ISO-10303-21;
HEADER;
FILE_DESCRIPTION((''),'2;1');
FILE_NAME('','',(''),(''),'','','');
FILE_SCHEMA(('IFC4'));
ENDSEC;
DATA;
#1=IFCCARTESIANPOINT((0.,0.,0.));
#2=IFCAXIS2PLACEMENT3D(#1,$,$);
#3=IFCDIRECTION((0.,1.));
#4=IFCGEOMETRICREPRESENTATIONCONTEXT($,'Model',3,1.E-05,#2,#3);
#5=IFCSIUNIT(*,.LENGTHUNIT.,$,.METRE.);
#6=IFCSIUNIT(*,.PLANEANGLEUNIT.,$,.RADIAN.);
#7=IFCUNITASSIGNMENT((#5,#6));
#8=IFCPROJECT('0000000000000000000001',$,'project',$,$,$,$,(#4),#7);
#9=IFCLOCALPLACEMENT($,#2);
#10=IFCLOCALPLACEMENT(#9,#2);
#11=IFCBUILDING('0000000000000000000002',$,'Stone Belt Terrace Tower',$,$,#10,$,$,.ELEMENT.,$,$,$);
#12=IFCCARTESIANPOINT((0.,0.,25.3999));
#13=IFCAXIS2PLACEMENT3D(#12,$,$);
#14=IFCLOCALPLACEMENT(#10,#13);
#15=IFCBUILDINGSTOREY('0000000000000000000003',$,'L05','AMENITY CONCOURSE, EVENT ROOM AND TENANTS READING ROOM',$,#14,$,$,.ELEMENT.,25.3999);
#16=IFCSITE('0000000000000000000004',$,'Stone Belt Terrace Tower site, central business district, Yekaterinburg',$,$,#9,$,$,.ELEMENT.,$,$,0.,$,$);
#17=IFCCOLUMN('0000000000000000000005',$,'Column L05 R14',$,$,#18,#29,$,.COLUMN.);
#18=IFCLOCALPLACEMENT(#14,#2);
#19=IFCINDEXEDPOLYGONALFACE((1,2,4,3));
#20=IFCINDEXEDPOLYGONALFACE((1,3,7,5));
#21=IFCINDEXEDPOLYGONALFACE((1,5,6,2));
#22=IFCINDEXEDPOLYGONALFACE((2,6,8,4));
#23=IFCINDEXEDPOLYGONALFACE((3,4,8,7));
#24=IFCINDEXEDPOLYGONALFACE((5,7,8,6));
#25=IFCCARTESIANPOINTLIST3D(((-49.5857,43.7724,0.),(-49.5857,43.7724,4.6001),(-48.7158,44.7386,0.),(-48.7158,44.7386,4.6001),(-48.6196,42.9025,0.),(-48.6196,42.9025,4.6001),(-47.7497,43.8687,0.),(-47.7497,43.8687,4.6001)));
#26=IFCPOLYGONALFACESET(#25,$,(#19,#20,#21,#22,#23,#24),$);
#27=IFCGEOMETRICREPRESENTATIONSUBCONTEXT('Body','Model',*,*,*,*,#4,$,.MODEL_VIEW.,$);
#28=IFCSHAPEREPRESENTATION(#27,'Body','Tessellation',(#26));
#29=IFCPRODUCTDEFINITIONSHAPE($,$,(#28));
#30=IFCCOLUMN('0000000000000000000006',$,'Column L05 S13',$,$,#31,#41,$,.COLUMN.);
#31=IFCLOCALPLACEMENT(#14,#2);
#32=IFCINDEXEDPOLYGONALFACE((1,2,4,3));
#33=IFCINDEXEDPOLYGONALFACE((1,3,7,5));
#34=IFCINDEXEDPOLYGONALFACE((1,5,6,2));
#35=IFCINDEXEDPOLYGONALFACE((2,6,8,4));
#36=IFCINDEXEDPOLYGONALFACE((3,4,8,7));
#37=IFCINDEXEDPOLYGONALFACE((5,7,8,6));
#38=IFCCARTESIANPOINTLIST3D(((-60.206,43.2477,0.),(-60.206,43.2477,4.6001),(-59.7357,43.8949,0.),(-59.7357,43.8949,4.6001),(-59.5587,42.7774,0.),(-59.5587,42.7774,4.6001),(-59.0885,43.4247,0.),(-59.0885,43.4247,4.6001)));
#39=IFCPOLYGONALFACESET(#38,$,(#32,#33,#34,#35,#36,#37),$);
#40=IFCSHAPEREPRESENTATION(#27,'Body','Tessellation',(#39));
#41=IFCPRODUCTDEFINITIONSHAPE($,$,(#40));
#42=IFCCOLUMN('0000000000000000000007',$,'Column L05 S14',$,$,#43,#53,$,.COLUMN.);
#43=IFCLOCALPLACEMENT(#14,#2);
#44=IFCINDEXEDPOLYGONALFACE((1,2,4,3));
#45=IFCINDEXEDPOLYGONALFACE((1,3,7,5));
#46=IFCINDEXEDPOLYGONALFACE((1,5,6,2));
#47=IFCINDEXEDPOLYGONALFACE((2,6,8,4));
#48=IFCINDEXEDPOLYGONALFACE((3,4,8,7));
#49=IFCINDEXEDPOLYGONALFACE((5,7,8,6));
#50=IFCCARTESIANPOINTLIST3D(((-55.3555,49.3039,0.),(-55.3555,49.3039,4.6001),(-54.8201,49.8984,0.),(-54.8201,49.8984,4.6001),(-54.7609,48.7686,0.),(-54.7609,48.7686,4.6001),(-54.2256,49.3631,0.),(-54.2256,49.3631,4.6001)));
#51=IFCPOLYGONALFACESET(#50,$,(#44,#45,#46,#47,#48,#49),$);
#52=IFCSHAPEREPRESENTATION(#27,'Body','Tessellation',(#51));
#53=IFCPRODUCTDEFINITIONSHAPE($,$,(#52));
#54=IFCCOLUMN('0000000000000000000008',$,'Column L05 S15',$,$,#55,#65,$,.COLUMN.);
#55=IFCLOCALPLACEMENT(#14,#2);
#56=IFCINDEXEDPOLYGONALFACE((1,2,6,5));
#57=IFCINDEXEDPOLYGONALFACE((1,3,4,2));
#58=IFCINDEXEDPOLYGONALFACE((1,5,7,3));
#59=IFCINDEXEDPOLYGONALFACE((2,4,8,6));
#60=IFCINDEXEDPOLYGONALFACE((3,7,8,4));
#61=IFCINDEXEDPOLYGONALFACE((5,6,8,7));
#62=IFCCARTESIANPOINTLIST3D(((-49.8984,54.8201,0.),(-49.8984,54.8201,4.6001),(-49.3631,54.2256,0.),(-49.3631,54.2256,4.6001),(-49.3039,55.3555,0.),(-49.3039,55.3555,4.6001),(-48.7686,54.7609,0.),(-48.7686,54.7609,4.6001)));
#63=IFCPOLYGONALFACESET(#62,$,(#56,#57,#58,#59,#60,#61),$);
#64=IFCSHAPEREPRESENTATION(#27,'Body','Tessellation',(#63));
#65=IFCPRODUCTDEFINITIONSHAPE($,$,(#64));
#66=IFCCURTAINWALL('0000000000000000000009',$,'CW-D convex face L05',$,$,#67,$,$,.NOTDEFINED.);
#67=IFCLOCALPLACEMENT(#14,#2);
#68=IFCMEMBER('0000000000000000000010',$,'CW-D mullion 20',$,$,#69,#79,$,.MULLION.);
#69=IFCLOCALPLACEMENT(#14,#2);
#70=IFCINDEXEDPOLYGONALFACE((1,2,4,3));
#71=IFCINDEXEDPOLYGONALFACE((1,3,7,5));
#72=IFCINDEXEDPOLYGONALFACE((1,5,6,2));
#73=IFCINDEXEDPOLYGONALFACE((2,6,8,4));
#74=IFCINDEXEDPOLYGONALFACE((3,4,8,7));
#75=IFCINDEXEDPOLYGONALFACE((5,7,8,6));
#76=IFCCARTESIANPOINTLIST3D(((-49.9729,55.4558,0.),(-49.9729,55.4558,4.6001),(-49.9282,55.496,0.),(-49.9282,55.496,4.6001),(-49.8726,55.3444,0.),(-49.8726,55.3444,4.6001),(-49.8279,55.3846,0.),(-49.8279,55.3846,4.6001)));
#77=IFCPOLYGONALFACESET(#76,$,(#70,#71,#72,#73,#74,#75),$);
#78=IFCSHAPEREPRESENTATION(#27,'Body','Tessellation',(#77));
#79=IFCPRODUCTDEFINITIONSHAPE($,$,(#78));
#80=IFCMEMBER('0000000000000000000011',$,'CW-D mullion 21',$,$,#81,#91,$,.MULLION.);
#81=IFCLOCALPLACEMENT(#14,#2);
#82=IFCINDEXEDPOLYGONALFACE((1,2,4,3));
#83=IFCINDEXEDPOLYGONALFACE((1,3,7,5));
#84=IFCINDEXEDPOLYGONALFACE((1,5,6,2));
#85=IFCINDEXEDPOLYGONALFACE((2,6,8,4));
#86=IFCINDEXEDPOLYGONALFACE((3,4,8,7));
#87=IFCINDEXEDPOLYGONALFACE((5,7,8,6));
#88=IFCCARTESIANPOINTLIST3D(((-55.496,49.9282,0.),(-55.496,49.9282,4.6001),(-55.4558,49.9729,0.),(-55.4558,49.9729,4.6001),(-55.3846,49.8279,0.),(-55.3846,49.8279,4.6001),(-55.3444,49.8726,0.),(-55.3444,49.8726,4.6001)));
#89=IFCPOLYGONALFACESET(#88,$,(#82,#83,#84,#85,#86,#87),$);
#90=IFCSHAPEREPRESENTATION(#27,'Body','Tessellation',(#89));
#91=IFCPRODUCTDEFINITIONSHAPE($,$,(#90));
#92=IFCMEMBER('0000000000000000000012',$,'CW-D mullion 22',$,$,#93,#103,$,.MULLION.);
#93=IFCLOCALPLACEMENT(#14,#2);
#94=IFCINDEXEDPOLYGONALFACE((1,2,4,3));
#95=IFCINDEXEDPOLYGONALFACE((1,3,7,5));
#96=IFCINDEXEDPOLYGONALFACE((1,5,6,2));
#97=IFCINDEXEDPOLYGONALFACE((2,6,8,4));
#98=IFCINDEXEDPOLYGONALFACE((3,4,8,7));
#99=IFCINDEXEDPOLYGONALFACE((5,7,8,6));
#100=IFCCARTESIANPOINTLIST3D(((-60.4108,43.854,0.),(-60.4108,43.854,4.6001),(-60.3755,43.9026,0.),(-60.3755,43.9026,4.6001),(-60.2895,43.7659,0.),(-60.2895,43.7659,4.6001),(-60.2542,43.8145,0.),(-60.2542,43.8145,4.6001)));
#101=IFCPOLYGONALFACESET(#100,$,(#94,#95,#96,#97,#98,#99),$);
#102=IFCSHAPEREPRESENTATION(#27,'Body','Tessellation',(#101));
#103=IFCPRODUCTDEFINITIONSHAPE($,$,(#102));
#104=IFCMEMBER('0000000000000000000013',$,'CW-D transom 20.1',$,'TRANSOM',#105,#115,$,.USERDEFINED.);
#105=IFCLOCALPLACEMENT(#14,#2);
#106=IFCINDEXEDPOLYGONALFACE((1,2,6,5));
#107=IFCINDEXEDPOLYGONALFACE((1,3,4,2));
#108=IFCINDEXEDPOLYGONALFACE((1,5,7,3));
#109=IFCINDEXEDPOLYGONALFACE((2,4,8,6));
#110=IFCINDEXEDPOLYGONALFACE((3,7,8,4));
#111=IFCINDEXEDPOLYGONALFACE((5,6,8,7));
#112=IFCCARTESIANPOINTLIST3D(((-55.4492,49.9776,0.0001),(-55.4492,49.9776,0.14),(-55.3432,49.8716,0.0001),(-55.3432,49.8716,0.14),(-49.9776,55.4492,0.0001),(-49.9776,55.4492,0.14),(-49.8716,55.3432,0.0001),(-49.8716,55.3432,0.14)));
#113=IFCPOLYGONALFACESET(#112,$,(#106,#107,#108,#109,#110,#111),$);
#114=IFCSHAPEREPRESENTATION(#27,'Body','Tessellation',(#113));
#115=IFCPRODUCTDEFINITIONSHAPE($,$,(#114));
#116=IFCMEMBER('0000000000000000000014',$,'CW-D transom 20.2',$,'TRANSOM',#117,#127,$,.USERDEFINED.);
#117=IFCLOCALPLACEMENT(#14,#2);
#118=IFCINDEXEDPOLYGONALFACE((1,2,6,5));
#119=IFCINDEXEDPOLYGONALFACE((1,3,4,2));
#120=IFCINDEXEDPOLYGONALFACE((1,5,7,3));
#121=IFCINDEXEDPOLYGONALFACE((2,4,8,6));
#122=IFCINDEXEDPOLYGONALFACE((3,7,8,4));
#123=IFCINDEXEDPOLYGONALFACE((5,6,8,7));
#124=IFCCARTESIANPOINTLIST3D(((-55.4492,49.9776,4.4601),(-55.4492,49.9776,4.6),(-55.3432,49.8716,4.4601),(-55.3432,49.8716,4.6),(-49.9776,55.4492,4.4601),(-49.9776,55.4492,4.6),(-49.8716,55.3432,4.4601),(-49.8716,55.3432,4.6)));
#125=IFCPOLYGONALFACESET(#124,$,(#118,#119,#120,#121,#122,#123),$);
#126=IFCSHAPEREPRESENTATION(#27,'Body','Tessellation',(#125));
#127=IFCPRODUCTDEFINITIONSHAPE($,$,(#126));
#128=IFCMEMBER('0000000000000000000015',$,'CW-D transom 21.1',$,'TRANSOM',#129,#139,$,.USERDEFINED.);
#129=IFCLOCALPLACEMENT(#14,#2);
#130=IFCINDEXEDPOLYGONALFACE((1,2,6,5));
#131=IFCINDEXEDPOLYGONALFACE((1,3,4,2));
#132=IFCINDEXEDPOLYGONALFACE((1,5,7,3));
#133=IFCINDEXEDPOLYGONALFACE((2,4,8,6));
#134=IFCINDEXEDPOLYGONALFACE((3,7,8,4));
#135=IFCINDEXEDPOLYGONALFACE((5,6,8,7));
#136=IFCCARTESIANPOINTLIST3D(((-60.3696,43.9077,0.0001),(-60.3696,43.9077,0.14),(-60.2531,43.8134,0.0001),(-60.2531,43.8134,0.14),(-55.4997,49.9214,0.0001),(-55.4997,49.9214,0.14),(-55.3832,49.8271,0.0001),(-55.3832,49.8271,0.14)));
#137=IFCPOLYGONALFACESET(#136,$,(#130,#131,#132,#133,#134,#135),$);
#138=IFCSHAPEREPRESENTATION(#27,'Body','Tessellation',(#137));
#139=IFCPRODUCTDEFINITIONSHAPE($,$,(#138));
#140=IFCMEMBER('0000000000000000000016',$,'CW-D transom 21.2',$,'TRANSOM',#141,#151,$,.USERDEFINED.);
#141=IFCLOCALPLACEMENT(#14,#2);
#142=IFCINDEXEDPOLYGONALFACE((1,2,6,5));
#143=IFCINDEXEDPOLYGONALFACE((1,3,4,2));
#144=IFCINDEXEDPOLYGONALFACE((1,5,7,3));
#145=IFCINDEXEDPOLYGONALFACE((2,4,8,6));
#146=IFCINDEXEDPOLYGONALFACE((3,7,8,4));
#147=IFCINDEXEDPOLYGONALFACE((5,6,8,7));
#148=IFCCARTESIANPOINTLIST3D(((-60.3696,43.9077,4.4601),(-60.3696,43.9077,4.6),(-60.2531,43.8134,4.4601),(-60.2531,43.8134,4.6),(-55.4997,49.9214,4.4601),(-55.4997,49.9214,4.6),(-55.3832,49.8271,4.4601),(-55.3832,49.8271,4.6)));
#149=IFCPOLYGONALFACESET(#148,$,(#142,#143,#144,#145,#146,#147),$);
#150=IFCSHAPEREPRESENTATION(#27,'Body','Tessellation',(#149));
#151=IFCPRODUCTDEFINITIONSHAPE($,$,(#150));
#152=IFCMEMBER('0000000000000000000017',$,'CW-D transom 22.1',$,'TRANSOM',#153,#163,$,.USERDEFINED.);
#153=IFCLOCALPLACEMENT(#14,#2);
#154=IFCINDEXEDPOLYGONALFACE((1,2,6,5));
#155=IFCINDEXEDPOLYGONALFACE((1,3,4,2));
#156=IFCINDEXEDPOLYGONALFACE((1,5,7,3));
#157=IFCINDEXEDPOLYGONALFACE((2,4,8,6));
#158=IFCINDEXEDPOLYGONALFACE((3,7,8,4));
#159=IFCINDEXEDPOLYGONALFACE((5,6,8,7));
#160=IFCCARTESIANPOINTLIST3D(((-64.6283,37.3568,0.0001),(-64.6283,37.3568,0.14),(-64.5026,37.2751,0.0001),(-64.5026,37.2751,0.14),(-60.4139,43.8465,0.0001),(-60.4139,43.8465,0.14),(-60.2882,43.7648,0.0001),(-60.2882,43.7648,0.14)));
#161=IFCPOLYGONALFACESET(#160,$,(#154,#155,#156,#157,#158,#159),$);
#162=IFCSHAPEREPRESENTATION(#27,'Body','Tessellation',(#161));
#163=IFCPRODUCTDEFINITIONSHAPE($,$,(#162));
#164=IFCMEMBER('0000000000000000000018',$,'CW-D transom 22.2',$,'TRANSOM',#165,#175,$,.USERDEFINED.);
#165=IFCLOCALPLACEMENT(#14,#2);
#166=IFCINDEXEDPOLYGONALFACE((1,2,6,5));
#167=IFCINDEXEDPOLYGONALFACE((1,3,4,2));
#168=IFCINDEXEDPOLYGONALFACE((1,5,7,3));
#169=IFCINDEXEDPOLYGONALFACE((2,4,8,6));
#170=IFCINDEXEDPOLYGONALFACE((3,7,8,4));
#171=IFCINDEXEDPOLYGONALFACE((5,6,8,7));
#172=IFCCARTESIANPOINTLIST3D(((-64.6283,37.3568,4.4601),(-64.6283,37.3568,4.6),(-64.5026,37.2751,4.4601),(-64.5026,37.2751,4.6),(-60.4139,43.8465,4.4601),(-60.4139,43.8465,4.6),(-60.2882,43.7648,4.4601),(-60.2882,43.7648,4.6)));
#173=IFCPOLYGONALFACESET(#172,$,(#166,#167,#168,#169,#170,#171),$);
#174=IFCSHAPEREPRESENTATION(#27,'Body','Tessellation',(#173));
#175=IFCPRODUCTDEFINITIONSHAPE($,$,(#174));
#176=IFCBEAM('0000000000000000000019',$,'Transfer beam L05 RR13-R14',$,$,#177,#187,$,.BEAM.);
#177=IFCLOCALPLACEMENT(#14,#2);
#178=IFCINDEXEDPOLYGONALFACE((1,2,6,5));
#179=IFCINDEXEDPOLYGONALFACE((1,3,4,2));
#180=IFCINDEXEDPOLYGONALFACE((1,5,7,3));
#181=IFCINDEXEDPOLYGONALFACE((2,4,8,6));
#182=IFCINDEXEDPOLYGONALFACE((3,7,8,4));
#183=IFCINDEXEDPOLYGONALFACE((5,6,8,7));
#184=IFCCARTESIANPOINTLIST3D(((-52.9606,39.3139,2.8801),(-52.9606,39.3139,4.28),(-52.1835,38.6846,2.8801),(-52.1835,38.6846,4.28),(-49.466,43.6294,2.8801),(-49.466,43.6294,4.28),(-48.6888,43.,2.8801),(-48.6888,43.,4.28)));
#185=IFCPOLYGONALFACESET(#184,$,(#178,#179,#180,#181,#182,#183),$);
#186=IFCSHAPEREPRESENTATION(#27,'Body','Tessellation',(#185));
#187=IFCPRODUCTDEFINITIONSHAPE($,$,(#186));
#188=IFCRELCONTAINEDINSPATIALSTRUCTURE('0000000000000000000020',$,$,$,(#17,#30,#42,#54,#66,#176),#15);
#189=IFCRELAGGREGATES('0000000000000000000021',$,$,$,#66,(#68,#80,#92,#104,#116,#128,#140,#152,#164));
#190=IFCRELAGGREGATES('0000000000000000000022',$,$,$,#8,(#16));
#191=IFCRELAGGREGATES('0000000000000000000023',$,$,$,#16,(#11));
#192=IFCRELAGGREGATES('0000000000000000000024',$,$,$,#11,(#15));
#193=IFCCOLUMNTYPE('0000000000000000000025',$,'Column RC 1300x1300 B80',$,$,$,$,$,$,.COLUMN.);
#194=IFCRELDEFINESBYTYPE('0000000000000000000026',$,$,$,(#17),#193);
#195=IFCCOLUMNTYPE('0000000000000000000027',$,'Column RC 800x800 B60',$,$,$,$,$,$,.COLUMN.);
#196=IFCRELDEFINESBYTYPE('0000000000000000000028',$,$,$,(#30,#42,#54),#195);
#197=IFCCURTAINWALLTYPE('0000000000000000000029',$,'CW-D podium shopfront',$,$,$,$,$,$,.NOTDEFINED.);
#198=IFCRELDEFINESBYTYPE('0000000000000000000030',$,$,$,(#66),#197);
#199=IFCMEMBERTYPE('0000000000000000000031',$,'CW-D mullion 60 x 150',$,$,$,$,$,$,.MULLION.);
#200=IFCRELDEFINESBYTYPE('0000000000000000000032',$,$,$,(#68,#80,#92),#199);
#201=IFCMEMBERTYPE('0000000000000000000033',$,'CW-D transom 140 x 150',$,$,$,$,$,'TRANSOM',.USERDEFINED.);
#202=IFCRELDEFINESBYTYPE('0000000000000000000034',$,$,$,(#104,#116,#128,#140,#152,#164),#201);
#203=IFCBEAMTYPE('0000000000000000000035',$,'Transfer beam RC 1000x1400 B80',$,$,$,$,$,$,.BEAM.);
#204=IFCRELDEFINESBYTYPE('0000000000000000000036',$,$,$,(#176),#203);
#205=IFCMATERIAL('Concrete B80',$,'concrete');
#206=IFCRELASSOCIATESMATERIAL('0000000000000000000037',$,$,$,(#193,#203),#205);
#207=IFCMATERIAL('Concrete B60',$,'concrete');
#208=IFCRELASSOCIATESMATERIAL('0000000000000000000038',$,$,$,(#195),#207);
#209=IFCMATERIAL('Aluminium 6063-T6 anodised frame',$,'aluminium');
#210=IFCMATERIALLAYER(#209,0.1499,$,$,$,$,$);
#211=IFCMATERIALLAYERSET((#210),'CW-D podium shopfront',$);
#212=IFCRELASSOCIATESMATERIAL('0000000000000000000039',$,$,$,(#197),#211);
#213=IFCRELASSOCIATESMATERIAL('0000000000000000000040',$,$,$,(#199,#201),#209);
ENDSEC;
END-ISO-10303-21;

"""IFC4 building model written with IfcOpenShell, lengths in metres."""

from ifc_helpers import new_model, si_unit, direction, frame, origin, origin_2d, place, context, subcontext, project, spatial, rectangle, extrude, material, layer, layer_set, material_profile, profile_set, type_object, element, aggregate, save


model = new_model("IFC4")

# Units and contexts
model_context = context("Model", 3, precision=1e-05, world=origin(), true_north=direction((0.0, 1.0)))
body_context = subcontext(model_context, "Body", "Model", "MODEL_VIEW")
ifc_project = project(units=[si_unit("LENGTHUNIT", "METRE"), si_unit("PLANEANGLEUNIT", "RADIAN")], contexts=[model_context])

# Site, building, storey
site_placement = place(None, origin())
site = spatial("IfcSite", under=ifc_project, at=site_placement, Name="Stone Belt Terrace Tower site, central business district, Yekaterinburg", CompositionType="ELEMENT", RefElevation=0.0)
building_placement = place(site_placement, origin())
building = spatial("IfcBuilding", under=site, at=building_placement, Name="Stone Belt Terrace Tower", CompositionType="ELEMENT")
storey_placement = place(building_placement, frame((0.0, 0.0, 25.3999)))
storey = spatial("IfcBuildingStorey", under=building, at=storey_placement, Name="L05", Description="AMENITY CONCOURSE, EVENT ROOM AND TENANTS READING ROOM", CompositionType="ELEMENT", Elevation=25.3999)

# Columns
ifc_material_1 = material(Name="Concrete B80", Category="concrete")
ifc_material_profile_1 = material_profile(ifc_material_1, rectangle(XDim=1.3, YDim=1.3, at=origin_2d()), Name="RC 1300x1300")
ifc_profile_set_1 = profile_set([ifc_material_profile_1], Name="Concrete B80")
column_type_1 = type_object("IfcColumnType", Name="Column RC 1300x1300 B80", PredefinedType="COLUMN", material=ifc_profile_set_1)
column_placement = place(storey_placement, frame((-48.6677, 43.8206, 0.0), z_axis=(0.0, 0.0, 1.0), x_axis=(0.669131, 0.743145, 0.0)))
element("IfcColumn", 1, at=column_placement, inside=storey, type_object=column_type_1, Name="Column L05 R14", PredefinedType="COLUMN", context=body_context, shape_type="SweptSolid", body=[
    extrude(rectangle(XDim=1.3, YDim=1.3, at=origin_2d()), origin(), (0.0, 0.0, 1.0), 4.6001),
])
ifc_material_2 = material(Name="Concrete B60", Category="concrete")
ifc_material_profile_2 = material_profile(ifc_material_2, rectangle(XDim=0.8, YDim=0.8, at=origin_2d()), Name="RC 800x800")
ifc_profile_set_2 = profile_set([ifc_material_profile_2], Name="Concrete B60")
column_type_2 = type_object("IfcColumnType", Name="Column RC 800x800 B60", PredefinedType="COLUMN", material=ifc_profile_set_2)
for number, where, z_axis, x_axis, name in (
    (2, (-59.6472, 43.3362, 0.0), (0.0, 0.0, 1.0), (0.587785, 0.809017, 0.0), "Column L05 S13"),
    (3, (-54.7905, 49.3335, 0.0), (0.0, 0.0, 1.0), (0.669131, 0.743145, 0.0), "Column L05 S14"),
    (4, (-49.3335, 54.7905, 0.0), (0.0, 0.0, 1.0), (0.743145, 0.669131, 0.0), "Column L05 S15"),
):
    element("IfcColumn", number, at=place(storey_placement, frame(where, z_axis=z_axis, x_axis=x_axis)), inside=storey, type_object=column_type_2, Name=name, PredefinedType="COLUMN", context=body_context, shape_type="SweptSolid", body=[
        extrude(rectangle(XDim=0.8, YDim=0.8, at=origin_2d()), origin(), (0.0, 0.0, 1.0), 4.6001),
    ])

# Curtain wall, members
ifc_material_3 = material(Name="Aluminium 6063-T6 anodised frame", Category="aluminium")
ifc_layer_1 = layer(ifc_material_3, 0.1499)
ifc_layer_set_1 = layer_set([ifc_layer_1], Name="CW-D podium shopfront")
curtain_wall_type = type_object("IfcCurtainWallType", Name="CW-D podium shopfront", PredefinedType="NOTDEFINED", material=ifc_layer_set_1)
curtain_wall_placement = place(storey_placement, origin())
curtain_wall = element("IfcCurtainWall", 5, at=curtain_wall_placement, inside=storey, type_object=curtain_wall_type, Name="CW-D convex face L05", PredefinedType="NOTDEFINED")
ifc_material_profile_3 = material_profile(ifc_material_3, rectangle(XDim=0.1499, YDim=0.0601, at=origin_2d()), Name="Aluminium 6063-T6 60x150")
ifc_profile_set_3 = profile_set([ifc_material_profile_3], Name="Aluminium 6063-T6 anodised frame")
member_type_1 = type_object("IfcMemberType", Name="CW-D mullion 60 x 150", PredefinedType="MULLION", material=ifc_profile_set_3)
member_1_placement = place(storey_placement, frame((-49.9004, 55.4202, 0.0), z_axis=(0.0, 0.0, 1.0), x_axis=(0.669131, -0.743145, 0.0)))
member_1 = element("IfcMember", 6, at=member_1_placement, type_object=member_type_1, Name="CW-D mullion 20", PredefinedType="MULLION", context=body_context, shape_type="SweptSolid", body=[
    extrude(rectangle(XDim=0.1499, YDim=0.0601, at=origin_2d()), origin(), (0.0, 0.0, 1.0), 4.6001),
])
member_2_placement = place(storey_placement, frame((-55.4202, 49.9004, 0.0), z_axis=(0.0, 0.0, 1.0), x_axis=(0.743145, -0.669131, 0.0)))
member_2 = element("IfcMember", 7, at=member_2_placement, type_object=member_type_1, Name="CW-D mullion 21", PredefinedType="MULLION", context=body_context, shape_type="SweptSolid", body=[
    extrude(rectangle(XDim=0.1499, YDim=0.0601, at=origin_2d()), origin(), (0.0, 0.0, 1.0), 4.6001),
])
member_3_placement = place(storey_placement, frame((-60.3325, 43.8342, 0.0), z_axis=(0.0, 0.0, 1.0), x_axis=(0.809017, -0.587785, 0.0)))
member_3 = element("IfcMember", 8, at=member_3_placement, type_object=member_type_1, Name="CW-D mullion 22", PredefinedType="MULLION", context=body_context, shape_type="SweptSolid", body=[
    extrude(rectangle(XDim=0.1499, YDim=0.0601, at=origin_2d()), origin(), (0.0, 0.0, 1.0), 4.6001),
])
ifc_material_profile_4 = material_profile(ifc_material_3, rectangle(XDim=0.1499, YDim=0.1399, at=origin_2d()), Name="Aluminium 6063-T6 150x140")
ifc_profile_set_4 = profile_set([ifc_material_profile_4], Name="Aluminium 6063-T6 anodised frame")
member_type_2 = type_object("IfcMemberType", Name="CW-D transom 140 x 150", ElementType="TRANSOM", PredefinedType="USERDEFINED", material=ifc_profile_set_4)
member_4_placement = place(storey_placement, frame((-49.9246, 55.3962, 0.0701), z_axis=(-0.707107, -0.707107, 0.0), x_axis=(0.707107, -0.707107, 0.0)))
member_4 = element("IfcMember", 9, at=member_4_placement, type_object=member_type_2, Name="CW-D transom 20.1", ObjectType="TRANSOM", PredefinedType="USERDEFINED", context=body_context, shape_type="SweptSolid", body=[
    extrude(rectangle(XDim=0.1499, YDim=0.1399, at=origin_2d()), origin(), (0.0, 0.0, 1.0), 7.738),
])
member_5_placement = place(storey_placement, frame((-49.9246, 55.3962, 4.53), z_axis=(-0.707107, -0.707107, 0.0), x_axis=(0.707107, -0.707107, 0.0)))
member_5 = element("IfcMember", 10, at=member_5_placement, type_object=member_type_2, Name="CW-D transom 20.2", ObjectType="TRANSOM", PredefinedType="USERDEFINED", context=body_context, shape_type="SweptSolid", body=[
    extrude(rectangle(XDim=0.1499, YDim=0.1399, at=origin_2d()), origin(), (0.0, 0.0, 1.0), 7.738),
])
member_6_placement = place(storey_placement, frame((-55.4414, 49.8743, 0.0701), z_axis=(-0.629328, -0.77714, 0.0), x_axis=(0.77714, -0.629328, 0.0)))
member_6 = element("IfcMember", 11, at=member_6_placement, type_object=member_type_2, Name="CW-D transom 21.1", ObjectType="TRANSOM", PredefinedType="USERDEFINED", context=body_context, shape_type="SweptSolid", body=[
    extrude(rectangle(XDim=0.1499, YDim=0.1399, at=origin_2d()), origin(), (0.0, 0.0, 1.0), 7.7383),
])
member_7_placement = place(storey_placement, frame((-55.4414, 49.8743, 4.53), z_axis=(-0.629328, -0.77714, 0.0), x_axis=(0.77714, -0.629328, 0.0)))
member_7 = element("IfcMember", 12, at=member_7_placement, type_object=member_type_2, Name="CW-D transom 21.2", ObjectType="TRANSOM", PredefinedType="USERDEFINED", context=body_context, shape_type="SweptSolid", body=[
    extrude(rectangle(XDim=0.1499, YDim=0.1399, at=origin_2d()), origin(), (0.0, 0.0, 1.0), 7.7383),
])
member_8_placement = place(storey_placement, frame((-60.3511, 43.8057, 0.0701), z_axis=(-0.544627, -0.838679, 0.0), x_axis=(0.838679, -0.544627, 0.0)))
member_8 = element("IfcMember", 13, at=member_8_placement, type_object=member_type_2, Name="CW-D transom 22.1", ObjectType="TRANSOM", PredefinedType="USERDEFINED", context=body_context, shape_type="SweptSolid", body=[
    extrude(rectangle(XDim=0.1499, YDim=0.1399, at=origin_2d()), origin(), (0.0, 0.0, 1.0), 7.738),
])
member_9_placement = place(storey_placement, frame((-60.3511, 43.8057, 4.53), z_axis=(-0.544627, -0.838679, 0.0), x_axis=(0.838679, -0.544627, 0.0)))
member_9 = element("IfcMember", 14, at=member_9_placement, type_object=member_type_2, Name="CW-D transom 22.2", ObjectType="TRANSOM", PredefinedType="USERDEFINED", context=body_context, shape_type="SweptSolid", body=[
    extrude(rectangle(XDim=0.1499, YDim=0.1399, at=origin_2d()), origin(), (0.0, 0.0, 1.0), 7.738),
])

# Beam
ifc_material_profile_5 = material_profile(ifc_material_1, rectangle(XDim=1.0, YDim=1.3999, at=origin_2d()), Name="RC 1000x1400")
ifc_profile_set_5 = profile_set([ifc_material_profile_5], Name="Concrete B80")
beam_type = type_object("IfcBeamType", Name="Transfer beam RC 1000x1400 B80", PredefinedType="BEAM", material=ifc_profile_set_5)
beam_placement = place(storey_placement, frame((-52.572, 38.9993, 3.5801), z_axis=(0.629327, 0.77714, 0.0), x_axis=(-0.77714, 0.629327, 0.0)))
element("IfcBeam", 15, at=beam_placement, inside=storey, type_object=beam_type, Name="Transfer beam L05 RR13-R14", PredefinedType="BEAM", context=body_context, shape_type="SweptSolid", body=[
    extrude(rectangle(XDim=1.0, YDim=1.3999, at=origin_2d()), origin(), (0.0, 0.0, 1.0), 5.553),
])

aggregate(curtain_wall, [member_1, member_2, member_3, member_4, member_5, member_6, member_7, member_8, member_9])

save(model, "model.ifc")
